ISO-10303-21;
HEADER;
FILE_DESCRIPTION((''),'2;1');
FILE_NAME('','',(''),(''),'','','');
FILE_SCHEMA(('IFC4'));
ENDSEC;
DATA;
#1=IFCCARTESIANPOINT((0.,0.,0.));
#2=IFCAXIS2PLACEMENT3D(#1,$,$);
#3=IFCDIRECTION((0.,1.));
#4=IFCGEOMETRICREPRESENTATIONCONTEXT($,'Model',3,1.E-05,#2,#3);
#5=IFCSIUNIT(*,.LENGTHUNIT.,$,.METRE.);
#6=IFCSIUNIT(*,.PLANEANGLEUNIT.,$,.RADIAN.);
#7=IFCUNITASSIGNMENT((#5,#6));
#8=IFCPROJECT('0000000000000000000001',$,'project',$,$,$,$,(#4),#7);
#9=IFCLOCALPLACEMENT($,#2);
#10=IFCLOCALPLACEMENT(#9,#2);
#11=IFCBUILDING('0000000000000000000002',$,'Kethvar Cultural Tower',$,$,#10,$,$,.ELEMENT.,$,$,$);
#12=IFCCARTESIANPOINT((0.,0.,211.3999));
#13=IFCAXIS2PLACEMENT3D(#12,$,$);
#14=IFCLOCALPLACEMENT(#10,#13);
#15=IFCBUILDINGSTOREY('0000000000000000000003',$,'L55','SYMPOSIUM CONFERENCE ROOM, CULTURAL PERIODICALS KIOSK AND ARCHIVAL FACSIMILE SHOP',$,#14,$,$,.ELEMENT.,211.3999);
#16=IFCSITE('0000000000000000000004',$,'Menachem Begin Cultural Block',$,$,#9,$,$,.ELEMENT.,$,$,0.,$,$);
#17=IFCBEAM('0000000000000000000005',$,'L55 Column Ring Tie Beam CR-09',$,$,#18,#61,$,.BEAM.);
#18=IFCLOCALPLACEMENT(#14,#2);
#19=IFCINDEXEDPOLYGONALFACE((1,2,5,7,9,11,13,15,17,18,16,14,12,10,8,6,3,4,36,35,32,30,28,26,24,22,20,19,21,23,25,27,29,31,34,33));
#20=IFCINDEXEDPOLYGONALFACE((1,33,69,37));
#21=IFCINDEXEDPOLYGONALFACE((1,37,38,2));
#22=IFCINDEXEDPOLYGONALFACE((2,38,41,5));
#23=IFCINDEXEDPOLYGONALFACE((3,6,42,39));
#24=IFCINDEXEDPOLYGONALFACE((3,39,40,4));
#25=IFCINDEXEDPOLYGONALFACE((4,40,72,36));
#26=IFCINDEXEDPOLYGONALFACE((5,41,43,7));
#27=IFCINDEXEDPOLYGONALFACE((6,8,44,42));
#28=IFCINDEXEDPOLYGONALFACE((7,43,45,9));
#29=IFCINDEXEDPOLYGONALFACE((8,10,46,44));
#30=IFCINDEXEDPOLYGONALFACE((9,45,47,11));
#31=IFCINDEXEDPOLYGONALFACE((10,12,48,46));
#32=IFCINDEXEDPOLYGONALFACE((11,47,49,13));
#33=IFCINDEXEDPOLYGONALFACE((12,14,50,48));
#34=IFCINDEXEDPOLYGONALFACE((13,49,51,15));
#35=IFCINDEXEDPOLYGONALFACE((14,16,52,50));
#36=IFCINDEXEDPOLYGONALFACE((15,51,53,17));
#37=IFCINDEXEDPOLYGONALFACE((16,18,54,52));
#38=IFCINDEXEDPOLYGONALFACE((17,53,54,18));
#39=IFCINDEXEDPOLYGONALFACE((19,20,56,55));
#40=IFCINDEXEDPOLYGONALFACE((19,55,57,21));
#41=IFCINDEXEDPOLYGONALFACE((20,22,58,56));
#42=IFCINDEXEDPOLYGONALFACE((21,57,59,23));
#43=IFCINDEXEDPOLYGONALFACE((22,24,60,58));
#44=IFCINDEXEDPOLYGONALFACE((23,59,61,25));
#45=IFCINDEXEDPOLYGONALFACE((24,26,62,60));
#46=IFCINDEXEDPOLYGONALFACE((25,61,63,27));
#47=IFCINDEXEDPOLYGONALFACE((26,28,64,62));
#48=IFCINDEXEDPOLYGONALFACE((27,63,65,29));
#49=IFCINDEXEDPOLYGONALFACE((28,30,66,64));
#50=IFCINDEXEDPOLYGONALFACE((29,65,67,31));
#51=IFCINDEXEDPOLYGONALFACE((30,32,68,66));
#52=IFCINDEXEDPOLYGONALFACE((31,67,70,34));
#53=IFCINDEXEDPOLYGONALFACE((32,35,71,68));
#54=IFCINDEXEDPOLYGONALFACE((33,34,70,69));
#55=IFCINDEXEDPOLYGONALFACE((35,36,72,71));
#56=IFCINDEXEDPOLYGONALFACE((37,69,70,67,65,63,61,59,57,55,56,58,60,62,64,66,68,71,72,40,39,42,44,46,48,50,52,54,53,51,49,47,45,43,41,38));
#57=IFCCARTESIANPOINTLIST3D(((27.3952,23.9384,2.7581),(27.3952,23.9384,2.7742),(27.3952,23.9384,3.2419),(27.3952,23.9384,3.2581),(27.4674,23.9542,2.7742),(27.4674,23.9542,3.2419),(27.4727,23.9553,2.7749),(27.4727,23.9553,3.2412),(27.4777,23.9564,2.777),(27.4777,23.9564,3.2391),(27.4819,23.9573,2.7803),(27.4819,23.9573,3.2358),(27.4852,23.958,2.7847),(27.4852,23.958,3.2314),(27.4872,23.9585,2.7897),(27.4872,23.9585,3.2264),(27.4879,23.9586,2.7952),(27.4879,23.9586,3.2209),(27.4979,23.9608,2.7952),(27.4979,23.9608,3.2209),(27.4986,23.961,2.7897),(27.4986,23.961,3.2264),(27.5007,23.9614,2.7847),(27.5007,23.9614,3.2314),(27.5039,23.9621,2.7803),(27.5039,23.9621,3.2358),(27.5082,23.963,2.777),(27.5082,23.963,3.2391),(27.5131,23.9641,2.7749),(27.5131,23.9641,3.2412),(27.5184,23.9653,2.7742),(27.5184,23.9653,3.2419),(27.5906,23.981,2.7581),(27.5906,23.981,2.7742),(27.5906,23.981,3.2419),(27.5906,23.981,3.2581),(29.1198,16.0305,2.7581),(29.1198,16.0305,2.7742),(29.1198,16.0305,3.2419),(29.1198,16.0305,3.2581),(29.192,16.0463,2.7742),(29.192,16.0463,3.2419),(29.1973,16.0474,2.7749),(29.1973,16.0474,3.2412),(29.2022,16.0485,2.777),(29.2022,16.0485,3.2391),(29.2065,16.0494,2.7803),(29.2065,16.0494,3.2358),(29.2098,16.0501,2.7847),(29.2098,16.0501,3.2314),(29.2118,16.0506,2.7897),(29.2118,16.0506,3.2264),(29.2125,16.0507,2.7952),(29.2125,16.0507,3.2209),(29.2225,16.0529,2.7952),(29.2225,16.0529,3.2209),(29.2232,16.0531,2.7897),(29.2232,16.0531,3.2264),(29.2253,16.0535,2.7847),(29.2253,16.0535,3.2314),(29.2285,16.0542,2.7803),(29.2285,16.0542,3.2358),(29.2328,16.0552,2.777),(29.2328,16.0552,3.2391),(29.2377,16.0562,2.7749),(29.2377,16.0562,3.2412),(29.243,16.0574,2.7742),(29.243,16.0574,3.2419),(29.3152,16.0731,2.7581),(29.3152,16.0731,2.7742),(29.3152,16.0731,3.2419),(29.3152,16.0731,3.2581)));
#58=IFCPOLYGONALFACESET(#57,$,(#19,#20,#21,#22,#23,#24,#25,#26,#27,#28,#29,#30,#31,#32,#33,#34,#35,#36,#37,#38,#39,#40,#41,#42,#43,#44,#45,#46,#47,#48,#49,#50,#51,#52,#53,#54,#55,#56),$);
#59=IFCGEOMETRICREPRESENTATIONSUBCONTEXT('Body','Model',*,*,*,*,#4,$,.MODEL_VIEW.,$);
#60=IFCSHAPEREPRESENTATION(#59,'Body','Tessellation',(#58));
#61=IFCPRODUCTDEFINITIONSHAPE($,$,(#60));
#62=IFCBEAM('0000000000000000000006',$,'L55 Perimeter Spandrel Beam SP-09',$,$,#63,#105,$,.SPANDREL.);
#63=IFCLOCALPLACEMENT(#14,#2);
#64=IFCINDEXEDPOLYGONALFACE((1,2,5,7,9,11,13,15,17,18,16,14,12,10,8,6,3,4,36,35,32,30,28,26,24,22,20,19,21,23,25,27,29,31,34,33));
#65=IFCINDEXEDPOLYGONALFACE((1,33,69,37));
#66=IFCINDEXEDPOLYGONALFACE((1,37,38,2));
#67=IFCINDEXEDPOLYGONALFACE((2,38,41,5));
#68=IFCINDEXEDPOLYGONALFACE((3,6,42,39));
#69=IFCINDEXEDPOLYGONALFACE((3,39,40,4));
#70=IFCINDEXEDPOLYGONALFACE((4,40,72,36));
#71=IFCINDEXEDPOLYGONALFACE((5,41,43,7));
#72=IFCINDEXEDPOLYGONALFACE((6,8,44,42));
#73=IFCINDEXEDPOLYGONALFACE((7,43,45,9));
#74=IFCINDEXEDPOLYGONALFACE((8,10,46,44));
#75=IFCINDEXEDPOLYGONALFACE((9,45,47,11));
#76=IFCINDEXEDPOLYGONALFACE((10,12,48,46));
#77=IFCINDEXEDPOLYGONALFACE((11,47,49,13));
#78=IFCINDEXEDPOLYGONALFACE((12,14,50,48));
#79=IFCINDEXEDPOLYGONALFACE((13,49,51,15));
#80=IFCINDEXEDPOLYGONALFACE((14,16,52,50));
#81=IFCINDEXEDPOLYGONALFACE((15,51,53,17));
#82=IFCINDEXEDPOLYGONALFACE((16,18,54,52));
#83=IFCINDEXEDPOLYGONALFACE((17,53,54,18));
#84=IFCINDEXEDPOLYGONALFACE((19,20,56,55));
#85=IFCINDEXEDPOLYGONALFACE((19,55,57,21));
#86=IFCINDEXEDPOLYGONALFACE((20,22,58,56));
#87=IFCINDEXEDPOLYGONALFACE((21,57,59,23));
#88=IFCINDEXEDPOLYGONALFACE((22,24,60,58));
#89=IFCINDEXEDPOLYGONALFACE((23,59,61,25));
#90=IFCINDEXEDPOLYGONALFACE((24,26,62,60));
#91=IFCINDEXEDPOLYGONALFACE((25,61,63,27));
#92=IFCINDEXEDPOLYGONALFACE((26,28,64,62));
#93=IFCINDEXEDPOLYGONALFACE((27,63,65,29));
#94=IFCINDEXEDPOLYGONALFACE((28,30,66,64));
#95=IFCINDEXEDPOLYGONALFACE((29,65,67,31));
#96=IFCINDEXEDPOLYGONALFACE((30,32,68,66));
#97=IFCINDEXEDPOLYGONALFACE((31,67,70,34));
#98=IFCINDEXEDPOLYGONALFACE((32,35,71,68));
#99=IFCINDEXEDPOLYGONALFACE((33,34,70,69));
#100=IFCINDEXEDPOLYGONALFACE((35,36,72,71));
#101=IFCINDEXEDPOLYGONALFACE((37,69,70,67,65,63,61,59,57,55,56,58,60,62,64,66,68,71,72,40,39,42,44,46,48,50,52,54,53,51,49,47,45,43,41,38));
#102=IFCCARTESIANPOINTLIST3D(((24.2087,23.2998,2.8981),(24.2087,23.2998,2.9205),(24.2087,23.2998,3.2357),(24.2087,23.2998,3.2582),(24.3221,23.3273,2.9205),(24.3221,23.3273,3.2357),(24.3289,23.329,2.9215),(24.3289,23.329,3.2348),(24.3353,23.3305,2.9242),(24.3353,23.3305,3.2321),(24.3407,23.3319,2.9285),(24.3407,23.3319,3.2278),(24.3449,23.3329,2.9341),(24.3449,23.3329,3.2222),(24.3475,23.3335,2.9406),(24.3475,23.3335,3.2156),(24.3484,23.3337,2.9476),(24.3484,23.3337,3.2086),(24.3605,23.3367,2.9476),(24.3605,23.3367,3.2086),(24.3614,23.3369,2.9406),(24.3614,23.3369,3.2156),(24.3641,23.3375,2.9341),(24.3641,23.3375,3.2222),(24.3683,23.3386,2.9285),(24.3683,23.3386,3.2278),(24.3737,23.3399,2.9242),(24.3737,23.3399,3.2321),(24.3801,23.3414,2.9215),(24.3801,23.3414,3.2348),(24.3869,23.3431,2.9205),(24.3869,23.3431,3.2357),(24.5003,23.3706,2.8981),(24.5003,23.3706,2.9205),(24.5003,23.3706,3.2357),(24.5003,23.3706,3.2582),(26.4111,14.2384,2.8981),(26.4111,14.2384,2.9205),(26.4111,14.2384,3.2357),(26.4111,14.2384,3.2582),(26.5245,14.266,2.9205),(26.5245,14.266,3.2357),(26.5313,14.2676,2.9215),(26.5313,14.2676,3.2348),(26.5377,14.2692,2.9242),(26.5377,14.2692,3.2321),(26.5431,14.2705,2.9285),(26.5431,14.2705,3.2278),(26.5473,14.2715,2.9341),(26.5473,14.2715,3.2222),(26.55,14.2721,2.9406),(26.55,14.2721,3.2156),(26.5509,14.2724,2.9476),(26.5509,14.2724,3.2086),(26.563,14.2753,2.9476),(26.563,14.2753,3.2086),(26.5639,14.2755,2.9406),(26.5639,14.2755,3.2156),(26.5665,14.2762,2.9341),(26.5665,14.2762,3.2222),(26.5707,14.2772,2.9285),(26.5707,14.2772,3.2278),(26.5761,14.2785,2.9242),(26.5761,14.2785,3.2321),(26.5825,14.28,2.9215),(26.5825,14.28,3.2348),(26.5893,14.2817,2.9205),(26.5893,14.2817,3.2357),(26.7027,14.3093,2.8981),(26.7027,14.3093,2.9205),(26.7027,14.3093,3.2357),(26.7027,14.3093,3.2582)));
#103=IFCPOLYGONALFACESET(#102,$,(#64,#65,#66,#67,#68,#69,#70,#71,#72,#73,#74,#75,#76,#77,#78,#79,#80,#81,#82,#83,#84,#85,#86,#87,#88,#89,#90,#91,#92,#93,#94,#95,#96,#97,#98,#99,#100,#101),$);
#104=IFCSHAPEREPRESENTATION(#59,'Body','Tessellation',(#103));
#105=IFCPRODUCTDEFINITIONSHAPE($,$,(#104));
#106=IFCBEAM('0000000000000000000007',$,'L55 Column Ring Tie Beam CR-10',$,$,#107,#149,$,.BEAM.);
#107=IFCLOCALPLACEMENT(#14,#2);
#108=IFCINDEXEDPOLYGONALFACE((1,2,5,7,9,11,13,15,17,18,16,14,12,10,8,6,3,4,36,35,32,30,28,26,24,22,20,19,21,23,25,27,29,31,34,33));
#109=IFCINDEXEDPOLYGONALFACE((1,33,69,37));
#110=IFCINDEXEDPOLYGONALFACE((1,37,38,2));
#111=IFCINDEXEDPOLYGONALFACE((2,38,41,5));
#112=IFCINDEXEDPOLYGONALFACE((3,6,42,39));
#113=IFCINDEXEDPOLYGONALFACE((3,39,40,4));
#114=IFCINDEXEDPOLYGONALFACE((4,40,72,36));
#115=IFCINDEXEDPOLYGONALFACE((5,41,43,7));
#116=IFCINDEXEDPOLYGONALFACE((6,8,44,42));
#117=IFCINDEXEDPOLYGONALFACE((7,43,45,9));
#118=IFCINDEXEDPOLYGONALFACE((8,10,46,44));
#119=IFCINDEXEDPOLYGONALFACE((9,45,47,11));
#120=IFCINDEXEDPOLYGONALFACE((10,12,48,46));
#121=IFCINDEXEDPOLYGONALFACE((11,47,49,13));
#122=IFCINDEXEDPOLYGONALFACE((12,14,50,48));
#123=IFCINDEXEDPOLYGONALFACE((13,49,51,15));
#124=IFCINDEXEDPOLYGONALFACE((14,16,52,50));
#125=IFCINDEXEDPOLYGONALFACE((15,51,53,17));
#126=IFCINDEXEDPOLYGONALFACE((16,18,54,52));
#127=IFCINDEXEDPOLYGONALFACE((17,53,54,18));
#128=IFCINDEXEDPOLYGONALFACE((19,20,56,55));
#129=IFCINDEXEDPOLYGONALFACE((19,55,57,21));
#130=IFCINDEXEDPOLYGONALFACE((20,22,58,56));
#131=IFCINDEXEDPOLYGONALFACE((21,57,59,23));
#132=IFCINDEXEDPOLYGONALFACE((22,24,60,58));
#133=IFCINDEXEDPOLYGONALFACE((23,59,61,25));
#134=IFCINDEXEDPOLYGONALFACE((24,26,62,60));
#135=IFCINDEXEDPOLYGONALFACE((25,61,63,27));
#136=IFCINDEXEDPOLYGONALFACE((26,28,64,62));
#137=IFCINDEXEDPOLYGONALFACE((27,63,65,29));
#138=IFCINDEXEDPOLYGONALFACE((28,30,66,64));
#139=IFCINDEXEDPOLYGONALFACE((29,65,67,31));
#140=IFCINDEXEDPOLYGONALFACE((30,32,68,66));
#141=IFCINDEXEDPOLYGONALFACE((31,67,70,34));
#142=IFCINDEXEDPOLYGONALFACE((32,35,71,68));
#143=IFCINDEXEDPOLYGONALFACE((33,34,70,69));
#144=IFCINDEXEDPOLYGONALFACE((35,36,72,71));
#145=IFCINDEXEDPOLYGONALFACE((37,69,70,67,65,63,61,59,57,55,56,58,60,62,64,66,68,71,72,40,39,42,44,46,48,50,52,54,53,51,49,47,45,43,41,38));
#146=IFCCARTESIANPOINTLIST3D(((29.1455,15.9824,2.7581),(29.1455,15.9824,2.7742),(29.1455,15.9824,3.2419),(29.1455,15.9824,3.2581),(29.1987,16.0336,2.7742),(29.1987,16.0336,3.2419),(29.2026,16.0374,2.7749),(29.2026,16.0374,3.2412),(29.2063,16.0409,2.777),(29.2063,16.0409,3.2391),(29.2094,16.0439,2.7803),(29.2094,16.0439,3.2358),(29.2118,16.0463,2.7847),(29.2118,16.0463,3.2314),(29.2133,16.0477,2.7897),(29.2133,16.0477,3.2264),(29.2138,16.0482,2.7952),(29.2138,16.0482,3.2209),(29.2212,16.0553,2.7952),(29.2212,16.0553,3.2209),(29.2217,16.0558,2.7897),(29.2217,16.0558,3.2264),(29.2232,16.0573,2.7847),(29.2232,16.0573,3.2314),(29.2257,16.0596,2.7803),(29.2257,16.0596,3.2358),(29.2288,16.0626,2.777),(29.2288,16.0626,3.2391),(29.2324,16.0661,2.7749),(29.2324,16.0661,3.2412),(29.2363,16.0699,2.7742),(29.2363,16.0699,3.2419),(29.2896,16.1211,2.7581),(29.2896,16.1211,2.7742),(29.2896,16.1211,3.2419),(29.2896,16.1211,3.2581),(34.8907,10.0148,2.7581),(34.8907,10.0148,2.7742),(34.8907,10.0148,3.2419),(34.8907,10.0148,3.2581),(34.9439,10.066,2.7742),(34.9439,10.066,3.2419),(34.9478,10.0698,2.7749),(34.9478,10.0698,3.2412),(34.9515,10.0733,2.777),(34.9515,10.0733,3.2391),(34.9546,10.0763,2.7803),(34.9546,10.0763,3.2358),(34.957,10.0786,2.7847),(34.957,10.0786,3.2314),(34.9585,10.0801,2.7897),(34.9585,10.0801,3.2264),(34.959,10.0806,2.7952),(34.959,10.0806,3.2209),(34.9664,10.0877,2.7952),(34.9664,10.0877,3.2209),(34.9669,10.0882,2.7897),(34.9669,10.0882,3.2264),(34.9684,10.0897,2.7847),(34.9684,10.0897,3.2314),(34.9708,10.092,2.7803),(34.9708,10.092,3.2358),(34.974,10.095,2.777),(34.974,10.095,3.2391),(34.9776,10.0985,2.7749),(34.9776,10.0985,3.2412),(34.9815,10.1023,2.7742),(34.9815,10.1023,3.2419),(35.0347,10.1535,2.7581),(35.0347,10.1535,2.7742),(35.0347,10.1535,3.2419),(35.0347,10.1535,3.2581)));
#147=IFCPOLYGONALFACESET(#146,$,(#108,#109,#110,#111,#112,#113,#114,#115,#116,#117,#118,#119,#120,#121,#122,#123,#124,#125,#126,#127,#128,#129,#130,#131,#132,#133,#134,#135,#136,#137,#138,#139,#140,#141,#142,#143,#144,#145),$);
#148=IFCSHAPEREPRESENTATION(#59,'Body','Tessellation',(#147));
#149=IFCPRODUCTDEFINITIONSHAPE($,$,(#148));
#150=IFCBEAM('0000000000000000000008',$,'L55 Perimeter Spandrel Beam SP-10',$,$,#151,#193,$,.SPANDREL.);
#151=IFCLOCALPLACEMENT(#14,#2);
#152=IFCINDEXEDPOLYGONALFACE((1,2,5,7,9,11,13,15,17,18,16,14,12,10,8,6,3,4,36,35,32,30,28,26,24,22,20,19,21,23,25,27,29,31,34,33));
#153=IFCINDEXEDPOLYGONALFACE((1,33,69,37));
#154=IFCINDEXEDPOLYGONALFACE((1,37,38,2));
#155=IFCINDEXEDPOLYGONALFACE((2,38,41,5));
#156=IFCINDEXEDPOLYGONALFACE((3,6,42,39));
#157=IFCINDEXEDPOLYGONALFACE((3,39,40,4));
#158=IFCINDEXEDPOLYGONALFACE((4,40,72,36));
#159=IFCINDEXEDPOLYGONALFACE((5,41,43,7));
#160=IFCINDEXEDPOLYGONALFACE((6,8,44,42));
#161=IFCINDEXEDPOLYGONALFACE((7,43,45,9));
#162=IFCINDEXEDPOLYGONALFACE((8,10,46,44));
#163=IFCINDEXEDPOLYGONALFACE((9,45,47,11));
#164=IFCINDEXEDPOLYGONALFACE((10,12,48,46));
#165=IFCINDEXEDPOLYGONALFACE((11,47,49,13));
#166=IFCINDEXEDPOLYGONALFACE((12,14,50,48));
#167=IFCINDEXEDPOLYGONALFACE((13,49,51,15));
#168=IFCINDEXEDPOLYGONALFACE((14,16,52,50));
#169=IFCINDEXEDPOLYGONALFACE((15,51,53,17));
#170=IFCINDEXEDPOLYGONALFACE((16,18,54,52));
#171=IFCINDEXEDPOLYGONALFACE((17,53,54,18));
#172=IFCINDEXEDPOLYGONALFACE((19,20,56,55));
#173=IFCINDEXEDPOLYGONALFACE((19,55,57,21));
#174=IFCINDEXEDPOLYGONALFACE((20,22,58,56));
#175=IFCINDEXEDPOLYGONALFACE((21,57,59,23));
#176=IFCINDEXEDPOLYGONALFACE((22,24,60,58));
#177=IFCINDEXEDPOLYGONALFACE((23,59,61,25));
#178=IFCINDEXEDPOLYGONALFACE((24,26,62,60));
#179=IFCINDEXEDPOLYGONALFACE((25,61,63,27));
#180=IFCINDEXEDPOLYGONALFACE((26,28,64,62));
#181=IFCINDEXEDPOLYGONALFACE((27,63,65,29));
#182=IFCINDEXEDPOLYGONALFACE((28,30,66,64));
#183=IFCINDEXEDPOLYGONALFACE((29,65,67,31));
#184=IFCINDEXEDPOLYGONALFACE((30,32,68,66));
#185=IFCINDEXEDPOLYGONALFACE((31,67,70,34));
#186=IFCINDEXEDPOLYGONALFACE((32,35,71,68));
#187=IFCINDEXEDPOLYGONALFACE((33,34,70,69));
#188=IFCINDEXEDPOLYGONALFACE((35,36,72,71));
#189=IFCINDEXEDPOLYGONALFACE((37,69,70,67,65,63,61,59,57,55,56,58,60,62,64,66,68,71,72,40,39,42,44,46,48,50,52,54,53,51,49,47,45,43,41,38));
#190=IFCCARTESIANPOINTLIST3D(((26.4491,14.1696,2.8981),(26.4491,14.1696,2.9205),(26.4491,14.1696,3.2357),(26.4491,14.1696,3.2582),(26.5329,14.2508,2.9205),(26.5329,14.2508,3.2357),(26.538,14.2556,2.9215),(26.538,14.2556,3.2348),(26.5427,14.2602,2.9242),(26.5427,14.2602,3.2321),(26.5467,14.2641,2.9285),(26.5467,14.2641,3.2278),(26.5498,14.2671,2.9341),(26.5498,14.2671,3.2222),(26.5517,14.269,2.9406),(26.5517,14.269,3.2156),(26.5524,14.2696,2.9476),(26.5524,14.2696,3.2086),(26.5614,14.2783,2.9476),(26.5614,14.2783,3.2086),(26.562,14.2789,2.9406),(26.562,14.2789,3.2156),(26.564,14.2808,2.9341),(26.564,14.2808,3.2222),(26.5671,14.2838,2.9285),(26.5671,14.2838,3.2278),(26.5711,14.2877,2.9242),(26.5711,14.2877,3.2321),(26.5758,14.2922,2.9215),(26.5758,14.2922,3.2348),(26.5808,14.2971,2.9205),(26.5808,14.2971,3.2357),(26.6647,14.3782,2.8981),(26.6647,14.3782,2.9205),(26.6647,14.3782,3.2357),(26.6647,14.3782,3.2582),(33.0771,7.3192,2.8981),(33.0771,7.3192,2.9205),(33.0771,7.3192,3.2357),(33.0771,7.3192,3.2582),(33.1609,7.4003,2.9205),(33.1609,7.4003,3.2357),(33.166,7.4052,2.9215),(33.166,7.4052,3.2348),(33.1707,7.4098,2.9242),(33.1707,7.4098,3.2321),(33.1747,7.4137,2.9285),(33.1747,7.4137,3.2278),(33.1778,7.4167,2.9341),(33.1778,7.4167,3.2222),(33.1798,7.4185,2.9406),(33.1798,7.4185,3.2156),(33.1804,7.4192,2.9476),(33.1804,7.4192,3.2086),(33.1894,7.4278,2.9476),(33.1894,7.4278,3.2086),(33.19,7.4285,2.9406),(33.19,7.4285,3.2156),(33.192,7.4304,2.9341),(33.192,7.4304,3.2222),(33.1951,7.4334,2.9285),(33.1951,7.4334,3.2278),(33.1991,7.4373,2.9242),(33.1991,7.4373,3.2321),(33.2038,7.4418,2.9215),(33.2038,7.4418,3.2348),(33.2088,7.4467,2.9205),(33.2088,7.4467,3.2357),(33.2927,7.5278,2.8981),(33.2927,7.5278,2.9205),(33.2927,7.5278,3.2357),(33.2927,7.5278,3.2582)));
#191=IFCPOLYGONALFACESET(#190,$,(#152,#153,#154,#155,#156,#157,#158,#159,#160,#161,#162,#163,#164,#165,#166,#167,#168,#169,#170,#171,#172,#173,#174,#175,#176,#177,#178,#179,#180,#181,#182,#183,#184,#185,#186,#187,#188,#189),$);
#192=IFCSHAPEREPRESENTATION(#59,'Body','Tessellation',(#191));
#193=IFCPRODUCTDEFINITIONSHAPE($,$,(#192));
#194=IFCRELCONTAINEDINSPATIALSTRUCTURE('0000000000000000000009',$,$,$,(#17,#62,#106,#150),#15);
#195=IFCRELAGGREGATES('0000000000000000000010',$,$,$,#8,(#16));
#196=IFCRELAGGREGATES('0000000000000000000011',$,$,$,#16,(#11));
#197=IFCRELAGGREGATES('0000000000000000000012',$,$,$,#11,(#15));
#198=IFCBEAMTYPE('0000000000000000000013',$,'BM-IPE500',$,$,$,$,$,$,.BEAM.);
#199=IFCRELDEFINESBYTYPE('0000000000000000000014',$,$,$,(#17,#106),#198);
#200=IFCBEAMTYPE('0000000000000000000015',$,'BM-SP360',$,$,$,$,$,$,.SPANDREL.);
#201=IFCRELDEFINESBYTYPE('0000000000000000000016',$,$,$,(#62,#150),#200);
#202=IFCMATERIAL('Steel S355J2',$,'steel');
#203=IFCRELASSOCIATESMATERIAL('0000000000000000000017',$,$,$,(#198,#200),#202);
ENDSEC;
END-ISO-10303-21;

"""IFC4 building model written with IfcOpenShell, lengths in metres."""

from ifc_helpers import new_model, si_unit, direction, frame, origin, origin_2d, place, context, subcontext, project, spatial, i_section, extrude, source, transform, mapped, material, material_profile, profile_set, type_object, element, save


model = new_model("IFC4")

# Units and contexts
model_context = context("Model", 3, precision=1e-05, world=origin(), true_north=direction((0.0, 1.0)))
body_context = subcontext(model_context, "Body", "Model", "MODEL_VIEW")
ifc_project = project(units=[si_unit("LENGTHUNIT", "METRE"), si_unit("PLANEANGLEUNIT", "RADIAN")], contexts=[model_context])

# Site, building, storey
site_placement = place(None, origin())
site = spatial("IfcSite", under=ifc_project, at=site_placement, Name="Menachem Begin Cultural Block", CompositionType="ELEMENT", RefElevation=0.0)
building_placement = place(site_placement, origin())
building = spatial("IfcBuilding", under=site, at=building_placement, Name="Kethvar Cultural Tower", CompositionType="ELEMENT")
storey_placement = place(building_placement, frame((0.0, 0.0, 211.3999)))
storey = spatial("IfcBuildingStorey", under=building, at=storey_placement, Name="L55", Description="SYMPOSIUM CONFERENCE ROOM, CULTURAL PERIODICALS KIOSK AND ARCHIVAL FACSIMILE SHOP", CompositionType="ELEMENT", Elevation=211.3999)

# Beams
ifc_material_1 = material(Name="Steel S355J2", Category="steel")
ifc_material_profile_1 = material_profile(ifc_material_1, i_section(OverallWidth=0.2, OverallDepth=0.5, WebThickness=0.0103, FlangeThickness=0.0161, FilletRadius=0.021, at=origin_2d()), Name="Steel S355J2 — IPE500")
ifc_profile_set_1 = profile_set([ifc_material_profile_1], Name="Steel S355J2 — IPE500")
beam_type_1 = type_object("IfcBeamType", Name="BM-IPE500", PredefinedType="BEAM", material=ifc_profile_set_1)
shared_shape_1 = source(origin(), body_context, "Body", "SweptSolid", [
    extrude(i_section(OverallWidth=0.2, OverallDepth=0.5, WebThickness=0.0103, FlangeThickness=0.0161, FilletRadius=0.021, at=origin_2d()), origin(), (0.0, 0.0, 1.0), 8.0938),
])
beam_1_placement = place(storey_placement, frame((27.4929, 23.9597, 3.0081), z_axis=(0.213077, -0.977035, 0.0), x_axis=(0.977035, 0.213077, 0.0)))
element("IfcBeam", 1, at=beam_1_placement, inside=storey, type_object=beam_type_1, Name="L55 Column Ring Tie Beam CR-09", PredefinedType="BEAM", context=body_context, shape_type="MappedRepresentation", body=[
    mapped(shared_shape_1, transform((0.0, 0.0, 0.0), scale=1.0)),
])
ifc_material_profile_2 = material_profile(ifc_material_1, i_section(OverallWidth=0.3, OverallDepth=0.3601, WebThickness=0.0125, FlangeThickness=0.0225, FilletRadius=0.0271, at=origin_2d()), Name="Steel S355J2 — HEB360")
ifc_profile_set_2 = profile_set([ifc_material_profile_2], Name="Steel S355J2 — HEB360")
beam_type_2 = type_object("IfcBeamType", Name="BM-SP360", PredefinedType="SPANDREL", material=ifc_profile_set_2)
shared_shape_2 = source(origin(), body_context, "Body", "SweptSolid", [
    extrude(i_section(OverallWidth=0.3, OverallDepth=0.3601, WebThickness=0.0125, FlangeThickness=0.0225, FilletRadius=0.0271, at=origin_2d()), origin(), (0.0, 0.0, 1.0), 9.3252),
])
beam_2_placement = place(storey_placement, frame((24.3545, 23.3352, 3.0781), z_axis=(0.236179, -0.97171, 0.0), x_axis=(0.97171, 0.236179, 0.0)))
element("IfcBeam", 2, at=beam_2_placement, inside=storey, type_object=beam_type_2, Name="L55 Perimeter Spandrel Beam SP-09", PredefinedType="SPANDREL", context=body_context, shape_type="MappedRepresentation", body=[
    mapped(shared_shape_2, transform((0.0, 0.0, 0.0), scale=1.0)),
])
shared_shape_3 = source(origin(), body_context, "Body", "SweptSolid", [
    extrude(i_section(OverallWidth=0.2, OverallDepth=0.5, WebThickness=0.0103, FlangeThickness=0.0161, FilletRadius=0.021, at=origin_2d()), origin(), (0.0, 0.0, 1.0), 8.2837),
])
beam_3_placement = place(storey_placement, frame((29.2175, 16.0518, 3.0081), z_axis=(0.693554, -0.720404, 0.0), x_axis=(0.720404, 0.693554, 0.0)))
element("IfcBeam", 3, at=beam_3_placement, inside=storey, type_object=beam_type_1, Name="L55 Column Ring Tie Beam CR-10", PredefinedType="BEAM", context=body_context, shape_type="MappedRepresentation", body=[
    mapped(shared_shape_3, transform((0.0, 0.0, 0.0), scale=1.0)),
])
shared_shape_4 = source(origin(), body_context, "Body", "SweptSolid", [
    extrude(i_section(OverallWidth=0.3, OverallDepth=0.3601, WebThickness=0.0125, FlangeThickness=0.0225, FilletRadius=0.0271, at=origin_2d()), origin(), (0.0, 0.0, 1.0), 9.532),
])
beam_4_placement = place(storey_placement, frame((26.5569, 14.2739, 3.0781), z_axis=(0.695344, -0.718677, 0.0), x_axis=(0.718677, 0.695344, 0.0)))
element("IfcBeam", 4, at=beam_4_placement, inside=storey, type_object=beam_type_2, Name="L55 Perimeter Spandrel Beam SP-10", PredefinedType="SPANDREL", context=body_context, shape_type="MappedRepresentation", body=[
    mapped(shared_shape_4, transform((0.0, 0.0, 0.0), scale=1.0)),
])

save(model, "model.ifc")
